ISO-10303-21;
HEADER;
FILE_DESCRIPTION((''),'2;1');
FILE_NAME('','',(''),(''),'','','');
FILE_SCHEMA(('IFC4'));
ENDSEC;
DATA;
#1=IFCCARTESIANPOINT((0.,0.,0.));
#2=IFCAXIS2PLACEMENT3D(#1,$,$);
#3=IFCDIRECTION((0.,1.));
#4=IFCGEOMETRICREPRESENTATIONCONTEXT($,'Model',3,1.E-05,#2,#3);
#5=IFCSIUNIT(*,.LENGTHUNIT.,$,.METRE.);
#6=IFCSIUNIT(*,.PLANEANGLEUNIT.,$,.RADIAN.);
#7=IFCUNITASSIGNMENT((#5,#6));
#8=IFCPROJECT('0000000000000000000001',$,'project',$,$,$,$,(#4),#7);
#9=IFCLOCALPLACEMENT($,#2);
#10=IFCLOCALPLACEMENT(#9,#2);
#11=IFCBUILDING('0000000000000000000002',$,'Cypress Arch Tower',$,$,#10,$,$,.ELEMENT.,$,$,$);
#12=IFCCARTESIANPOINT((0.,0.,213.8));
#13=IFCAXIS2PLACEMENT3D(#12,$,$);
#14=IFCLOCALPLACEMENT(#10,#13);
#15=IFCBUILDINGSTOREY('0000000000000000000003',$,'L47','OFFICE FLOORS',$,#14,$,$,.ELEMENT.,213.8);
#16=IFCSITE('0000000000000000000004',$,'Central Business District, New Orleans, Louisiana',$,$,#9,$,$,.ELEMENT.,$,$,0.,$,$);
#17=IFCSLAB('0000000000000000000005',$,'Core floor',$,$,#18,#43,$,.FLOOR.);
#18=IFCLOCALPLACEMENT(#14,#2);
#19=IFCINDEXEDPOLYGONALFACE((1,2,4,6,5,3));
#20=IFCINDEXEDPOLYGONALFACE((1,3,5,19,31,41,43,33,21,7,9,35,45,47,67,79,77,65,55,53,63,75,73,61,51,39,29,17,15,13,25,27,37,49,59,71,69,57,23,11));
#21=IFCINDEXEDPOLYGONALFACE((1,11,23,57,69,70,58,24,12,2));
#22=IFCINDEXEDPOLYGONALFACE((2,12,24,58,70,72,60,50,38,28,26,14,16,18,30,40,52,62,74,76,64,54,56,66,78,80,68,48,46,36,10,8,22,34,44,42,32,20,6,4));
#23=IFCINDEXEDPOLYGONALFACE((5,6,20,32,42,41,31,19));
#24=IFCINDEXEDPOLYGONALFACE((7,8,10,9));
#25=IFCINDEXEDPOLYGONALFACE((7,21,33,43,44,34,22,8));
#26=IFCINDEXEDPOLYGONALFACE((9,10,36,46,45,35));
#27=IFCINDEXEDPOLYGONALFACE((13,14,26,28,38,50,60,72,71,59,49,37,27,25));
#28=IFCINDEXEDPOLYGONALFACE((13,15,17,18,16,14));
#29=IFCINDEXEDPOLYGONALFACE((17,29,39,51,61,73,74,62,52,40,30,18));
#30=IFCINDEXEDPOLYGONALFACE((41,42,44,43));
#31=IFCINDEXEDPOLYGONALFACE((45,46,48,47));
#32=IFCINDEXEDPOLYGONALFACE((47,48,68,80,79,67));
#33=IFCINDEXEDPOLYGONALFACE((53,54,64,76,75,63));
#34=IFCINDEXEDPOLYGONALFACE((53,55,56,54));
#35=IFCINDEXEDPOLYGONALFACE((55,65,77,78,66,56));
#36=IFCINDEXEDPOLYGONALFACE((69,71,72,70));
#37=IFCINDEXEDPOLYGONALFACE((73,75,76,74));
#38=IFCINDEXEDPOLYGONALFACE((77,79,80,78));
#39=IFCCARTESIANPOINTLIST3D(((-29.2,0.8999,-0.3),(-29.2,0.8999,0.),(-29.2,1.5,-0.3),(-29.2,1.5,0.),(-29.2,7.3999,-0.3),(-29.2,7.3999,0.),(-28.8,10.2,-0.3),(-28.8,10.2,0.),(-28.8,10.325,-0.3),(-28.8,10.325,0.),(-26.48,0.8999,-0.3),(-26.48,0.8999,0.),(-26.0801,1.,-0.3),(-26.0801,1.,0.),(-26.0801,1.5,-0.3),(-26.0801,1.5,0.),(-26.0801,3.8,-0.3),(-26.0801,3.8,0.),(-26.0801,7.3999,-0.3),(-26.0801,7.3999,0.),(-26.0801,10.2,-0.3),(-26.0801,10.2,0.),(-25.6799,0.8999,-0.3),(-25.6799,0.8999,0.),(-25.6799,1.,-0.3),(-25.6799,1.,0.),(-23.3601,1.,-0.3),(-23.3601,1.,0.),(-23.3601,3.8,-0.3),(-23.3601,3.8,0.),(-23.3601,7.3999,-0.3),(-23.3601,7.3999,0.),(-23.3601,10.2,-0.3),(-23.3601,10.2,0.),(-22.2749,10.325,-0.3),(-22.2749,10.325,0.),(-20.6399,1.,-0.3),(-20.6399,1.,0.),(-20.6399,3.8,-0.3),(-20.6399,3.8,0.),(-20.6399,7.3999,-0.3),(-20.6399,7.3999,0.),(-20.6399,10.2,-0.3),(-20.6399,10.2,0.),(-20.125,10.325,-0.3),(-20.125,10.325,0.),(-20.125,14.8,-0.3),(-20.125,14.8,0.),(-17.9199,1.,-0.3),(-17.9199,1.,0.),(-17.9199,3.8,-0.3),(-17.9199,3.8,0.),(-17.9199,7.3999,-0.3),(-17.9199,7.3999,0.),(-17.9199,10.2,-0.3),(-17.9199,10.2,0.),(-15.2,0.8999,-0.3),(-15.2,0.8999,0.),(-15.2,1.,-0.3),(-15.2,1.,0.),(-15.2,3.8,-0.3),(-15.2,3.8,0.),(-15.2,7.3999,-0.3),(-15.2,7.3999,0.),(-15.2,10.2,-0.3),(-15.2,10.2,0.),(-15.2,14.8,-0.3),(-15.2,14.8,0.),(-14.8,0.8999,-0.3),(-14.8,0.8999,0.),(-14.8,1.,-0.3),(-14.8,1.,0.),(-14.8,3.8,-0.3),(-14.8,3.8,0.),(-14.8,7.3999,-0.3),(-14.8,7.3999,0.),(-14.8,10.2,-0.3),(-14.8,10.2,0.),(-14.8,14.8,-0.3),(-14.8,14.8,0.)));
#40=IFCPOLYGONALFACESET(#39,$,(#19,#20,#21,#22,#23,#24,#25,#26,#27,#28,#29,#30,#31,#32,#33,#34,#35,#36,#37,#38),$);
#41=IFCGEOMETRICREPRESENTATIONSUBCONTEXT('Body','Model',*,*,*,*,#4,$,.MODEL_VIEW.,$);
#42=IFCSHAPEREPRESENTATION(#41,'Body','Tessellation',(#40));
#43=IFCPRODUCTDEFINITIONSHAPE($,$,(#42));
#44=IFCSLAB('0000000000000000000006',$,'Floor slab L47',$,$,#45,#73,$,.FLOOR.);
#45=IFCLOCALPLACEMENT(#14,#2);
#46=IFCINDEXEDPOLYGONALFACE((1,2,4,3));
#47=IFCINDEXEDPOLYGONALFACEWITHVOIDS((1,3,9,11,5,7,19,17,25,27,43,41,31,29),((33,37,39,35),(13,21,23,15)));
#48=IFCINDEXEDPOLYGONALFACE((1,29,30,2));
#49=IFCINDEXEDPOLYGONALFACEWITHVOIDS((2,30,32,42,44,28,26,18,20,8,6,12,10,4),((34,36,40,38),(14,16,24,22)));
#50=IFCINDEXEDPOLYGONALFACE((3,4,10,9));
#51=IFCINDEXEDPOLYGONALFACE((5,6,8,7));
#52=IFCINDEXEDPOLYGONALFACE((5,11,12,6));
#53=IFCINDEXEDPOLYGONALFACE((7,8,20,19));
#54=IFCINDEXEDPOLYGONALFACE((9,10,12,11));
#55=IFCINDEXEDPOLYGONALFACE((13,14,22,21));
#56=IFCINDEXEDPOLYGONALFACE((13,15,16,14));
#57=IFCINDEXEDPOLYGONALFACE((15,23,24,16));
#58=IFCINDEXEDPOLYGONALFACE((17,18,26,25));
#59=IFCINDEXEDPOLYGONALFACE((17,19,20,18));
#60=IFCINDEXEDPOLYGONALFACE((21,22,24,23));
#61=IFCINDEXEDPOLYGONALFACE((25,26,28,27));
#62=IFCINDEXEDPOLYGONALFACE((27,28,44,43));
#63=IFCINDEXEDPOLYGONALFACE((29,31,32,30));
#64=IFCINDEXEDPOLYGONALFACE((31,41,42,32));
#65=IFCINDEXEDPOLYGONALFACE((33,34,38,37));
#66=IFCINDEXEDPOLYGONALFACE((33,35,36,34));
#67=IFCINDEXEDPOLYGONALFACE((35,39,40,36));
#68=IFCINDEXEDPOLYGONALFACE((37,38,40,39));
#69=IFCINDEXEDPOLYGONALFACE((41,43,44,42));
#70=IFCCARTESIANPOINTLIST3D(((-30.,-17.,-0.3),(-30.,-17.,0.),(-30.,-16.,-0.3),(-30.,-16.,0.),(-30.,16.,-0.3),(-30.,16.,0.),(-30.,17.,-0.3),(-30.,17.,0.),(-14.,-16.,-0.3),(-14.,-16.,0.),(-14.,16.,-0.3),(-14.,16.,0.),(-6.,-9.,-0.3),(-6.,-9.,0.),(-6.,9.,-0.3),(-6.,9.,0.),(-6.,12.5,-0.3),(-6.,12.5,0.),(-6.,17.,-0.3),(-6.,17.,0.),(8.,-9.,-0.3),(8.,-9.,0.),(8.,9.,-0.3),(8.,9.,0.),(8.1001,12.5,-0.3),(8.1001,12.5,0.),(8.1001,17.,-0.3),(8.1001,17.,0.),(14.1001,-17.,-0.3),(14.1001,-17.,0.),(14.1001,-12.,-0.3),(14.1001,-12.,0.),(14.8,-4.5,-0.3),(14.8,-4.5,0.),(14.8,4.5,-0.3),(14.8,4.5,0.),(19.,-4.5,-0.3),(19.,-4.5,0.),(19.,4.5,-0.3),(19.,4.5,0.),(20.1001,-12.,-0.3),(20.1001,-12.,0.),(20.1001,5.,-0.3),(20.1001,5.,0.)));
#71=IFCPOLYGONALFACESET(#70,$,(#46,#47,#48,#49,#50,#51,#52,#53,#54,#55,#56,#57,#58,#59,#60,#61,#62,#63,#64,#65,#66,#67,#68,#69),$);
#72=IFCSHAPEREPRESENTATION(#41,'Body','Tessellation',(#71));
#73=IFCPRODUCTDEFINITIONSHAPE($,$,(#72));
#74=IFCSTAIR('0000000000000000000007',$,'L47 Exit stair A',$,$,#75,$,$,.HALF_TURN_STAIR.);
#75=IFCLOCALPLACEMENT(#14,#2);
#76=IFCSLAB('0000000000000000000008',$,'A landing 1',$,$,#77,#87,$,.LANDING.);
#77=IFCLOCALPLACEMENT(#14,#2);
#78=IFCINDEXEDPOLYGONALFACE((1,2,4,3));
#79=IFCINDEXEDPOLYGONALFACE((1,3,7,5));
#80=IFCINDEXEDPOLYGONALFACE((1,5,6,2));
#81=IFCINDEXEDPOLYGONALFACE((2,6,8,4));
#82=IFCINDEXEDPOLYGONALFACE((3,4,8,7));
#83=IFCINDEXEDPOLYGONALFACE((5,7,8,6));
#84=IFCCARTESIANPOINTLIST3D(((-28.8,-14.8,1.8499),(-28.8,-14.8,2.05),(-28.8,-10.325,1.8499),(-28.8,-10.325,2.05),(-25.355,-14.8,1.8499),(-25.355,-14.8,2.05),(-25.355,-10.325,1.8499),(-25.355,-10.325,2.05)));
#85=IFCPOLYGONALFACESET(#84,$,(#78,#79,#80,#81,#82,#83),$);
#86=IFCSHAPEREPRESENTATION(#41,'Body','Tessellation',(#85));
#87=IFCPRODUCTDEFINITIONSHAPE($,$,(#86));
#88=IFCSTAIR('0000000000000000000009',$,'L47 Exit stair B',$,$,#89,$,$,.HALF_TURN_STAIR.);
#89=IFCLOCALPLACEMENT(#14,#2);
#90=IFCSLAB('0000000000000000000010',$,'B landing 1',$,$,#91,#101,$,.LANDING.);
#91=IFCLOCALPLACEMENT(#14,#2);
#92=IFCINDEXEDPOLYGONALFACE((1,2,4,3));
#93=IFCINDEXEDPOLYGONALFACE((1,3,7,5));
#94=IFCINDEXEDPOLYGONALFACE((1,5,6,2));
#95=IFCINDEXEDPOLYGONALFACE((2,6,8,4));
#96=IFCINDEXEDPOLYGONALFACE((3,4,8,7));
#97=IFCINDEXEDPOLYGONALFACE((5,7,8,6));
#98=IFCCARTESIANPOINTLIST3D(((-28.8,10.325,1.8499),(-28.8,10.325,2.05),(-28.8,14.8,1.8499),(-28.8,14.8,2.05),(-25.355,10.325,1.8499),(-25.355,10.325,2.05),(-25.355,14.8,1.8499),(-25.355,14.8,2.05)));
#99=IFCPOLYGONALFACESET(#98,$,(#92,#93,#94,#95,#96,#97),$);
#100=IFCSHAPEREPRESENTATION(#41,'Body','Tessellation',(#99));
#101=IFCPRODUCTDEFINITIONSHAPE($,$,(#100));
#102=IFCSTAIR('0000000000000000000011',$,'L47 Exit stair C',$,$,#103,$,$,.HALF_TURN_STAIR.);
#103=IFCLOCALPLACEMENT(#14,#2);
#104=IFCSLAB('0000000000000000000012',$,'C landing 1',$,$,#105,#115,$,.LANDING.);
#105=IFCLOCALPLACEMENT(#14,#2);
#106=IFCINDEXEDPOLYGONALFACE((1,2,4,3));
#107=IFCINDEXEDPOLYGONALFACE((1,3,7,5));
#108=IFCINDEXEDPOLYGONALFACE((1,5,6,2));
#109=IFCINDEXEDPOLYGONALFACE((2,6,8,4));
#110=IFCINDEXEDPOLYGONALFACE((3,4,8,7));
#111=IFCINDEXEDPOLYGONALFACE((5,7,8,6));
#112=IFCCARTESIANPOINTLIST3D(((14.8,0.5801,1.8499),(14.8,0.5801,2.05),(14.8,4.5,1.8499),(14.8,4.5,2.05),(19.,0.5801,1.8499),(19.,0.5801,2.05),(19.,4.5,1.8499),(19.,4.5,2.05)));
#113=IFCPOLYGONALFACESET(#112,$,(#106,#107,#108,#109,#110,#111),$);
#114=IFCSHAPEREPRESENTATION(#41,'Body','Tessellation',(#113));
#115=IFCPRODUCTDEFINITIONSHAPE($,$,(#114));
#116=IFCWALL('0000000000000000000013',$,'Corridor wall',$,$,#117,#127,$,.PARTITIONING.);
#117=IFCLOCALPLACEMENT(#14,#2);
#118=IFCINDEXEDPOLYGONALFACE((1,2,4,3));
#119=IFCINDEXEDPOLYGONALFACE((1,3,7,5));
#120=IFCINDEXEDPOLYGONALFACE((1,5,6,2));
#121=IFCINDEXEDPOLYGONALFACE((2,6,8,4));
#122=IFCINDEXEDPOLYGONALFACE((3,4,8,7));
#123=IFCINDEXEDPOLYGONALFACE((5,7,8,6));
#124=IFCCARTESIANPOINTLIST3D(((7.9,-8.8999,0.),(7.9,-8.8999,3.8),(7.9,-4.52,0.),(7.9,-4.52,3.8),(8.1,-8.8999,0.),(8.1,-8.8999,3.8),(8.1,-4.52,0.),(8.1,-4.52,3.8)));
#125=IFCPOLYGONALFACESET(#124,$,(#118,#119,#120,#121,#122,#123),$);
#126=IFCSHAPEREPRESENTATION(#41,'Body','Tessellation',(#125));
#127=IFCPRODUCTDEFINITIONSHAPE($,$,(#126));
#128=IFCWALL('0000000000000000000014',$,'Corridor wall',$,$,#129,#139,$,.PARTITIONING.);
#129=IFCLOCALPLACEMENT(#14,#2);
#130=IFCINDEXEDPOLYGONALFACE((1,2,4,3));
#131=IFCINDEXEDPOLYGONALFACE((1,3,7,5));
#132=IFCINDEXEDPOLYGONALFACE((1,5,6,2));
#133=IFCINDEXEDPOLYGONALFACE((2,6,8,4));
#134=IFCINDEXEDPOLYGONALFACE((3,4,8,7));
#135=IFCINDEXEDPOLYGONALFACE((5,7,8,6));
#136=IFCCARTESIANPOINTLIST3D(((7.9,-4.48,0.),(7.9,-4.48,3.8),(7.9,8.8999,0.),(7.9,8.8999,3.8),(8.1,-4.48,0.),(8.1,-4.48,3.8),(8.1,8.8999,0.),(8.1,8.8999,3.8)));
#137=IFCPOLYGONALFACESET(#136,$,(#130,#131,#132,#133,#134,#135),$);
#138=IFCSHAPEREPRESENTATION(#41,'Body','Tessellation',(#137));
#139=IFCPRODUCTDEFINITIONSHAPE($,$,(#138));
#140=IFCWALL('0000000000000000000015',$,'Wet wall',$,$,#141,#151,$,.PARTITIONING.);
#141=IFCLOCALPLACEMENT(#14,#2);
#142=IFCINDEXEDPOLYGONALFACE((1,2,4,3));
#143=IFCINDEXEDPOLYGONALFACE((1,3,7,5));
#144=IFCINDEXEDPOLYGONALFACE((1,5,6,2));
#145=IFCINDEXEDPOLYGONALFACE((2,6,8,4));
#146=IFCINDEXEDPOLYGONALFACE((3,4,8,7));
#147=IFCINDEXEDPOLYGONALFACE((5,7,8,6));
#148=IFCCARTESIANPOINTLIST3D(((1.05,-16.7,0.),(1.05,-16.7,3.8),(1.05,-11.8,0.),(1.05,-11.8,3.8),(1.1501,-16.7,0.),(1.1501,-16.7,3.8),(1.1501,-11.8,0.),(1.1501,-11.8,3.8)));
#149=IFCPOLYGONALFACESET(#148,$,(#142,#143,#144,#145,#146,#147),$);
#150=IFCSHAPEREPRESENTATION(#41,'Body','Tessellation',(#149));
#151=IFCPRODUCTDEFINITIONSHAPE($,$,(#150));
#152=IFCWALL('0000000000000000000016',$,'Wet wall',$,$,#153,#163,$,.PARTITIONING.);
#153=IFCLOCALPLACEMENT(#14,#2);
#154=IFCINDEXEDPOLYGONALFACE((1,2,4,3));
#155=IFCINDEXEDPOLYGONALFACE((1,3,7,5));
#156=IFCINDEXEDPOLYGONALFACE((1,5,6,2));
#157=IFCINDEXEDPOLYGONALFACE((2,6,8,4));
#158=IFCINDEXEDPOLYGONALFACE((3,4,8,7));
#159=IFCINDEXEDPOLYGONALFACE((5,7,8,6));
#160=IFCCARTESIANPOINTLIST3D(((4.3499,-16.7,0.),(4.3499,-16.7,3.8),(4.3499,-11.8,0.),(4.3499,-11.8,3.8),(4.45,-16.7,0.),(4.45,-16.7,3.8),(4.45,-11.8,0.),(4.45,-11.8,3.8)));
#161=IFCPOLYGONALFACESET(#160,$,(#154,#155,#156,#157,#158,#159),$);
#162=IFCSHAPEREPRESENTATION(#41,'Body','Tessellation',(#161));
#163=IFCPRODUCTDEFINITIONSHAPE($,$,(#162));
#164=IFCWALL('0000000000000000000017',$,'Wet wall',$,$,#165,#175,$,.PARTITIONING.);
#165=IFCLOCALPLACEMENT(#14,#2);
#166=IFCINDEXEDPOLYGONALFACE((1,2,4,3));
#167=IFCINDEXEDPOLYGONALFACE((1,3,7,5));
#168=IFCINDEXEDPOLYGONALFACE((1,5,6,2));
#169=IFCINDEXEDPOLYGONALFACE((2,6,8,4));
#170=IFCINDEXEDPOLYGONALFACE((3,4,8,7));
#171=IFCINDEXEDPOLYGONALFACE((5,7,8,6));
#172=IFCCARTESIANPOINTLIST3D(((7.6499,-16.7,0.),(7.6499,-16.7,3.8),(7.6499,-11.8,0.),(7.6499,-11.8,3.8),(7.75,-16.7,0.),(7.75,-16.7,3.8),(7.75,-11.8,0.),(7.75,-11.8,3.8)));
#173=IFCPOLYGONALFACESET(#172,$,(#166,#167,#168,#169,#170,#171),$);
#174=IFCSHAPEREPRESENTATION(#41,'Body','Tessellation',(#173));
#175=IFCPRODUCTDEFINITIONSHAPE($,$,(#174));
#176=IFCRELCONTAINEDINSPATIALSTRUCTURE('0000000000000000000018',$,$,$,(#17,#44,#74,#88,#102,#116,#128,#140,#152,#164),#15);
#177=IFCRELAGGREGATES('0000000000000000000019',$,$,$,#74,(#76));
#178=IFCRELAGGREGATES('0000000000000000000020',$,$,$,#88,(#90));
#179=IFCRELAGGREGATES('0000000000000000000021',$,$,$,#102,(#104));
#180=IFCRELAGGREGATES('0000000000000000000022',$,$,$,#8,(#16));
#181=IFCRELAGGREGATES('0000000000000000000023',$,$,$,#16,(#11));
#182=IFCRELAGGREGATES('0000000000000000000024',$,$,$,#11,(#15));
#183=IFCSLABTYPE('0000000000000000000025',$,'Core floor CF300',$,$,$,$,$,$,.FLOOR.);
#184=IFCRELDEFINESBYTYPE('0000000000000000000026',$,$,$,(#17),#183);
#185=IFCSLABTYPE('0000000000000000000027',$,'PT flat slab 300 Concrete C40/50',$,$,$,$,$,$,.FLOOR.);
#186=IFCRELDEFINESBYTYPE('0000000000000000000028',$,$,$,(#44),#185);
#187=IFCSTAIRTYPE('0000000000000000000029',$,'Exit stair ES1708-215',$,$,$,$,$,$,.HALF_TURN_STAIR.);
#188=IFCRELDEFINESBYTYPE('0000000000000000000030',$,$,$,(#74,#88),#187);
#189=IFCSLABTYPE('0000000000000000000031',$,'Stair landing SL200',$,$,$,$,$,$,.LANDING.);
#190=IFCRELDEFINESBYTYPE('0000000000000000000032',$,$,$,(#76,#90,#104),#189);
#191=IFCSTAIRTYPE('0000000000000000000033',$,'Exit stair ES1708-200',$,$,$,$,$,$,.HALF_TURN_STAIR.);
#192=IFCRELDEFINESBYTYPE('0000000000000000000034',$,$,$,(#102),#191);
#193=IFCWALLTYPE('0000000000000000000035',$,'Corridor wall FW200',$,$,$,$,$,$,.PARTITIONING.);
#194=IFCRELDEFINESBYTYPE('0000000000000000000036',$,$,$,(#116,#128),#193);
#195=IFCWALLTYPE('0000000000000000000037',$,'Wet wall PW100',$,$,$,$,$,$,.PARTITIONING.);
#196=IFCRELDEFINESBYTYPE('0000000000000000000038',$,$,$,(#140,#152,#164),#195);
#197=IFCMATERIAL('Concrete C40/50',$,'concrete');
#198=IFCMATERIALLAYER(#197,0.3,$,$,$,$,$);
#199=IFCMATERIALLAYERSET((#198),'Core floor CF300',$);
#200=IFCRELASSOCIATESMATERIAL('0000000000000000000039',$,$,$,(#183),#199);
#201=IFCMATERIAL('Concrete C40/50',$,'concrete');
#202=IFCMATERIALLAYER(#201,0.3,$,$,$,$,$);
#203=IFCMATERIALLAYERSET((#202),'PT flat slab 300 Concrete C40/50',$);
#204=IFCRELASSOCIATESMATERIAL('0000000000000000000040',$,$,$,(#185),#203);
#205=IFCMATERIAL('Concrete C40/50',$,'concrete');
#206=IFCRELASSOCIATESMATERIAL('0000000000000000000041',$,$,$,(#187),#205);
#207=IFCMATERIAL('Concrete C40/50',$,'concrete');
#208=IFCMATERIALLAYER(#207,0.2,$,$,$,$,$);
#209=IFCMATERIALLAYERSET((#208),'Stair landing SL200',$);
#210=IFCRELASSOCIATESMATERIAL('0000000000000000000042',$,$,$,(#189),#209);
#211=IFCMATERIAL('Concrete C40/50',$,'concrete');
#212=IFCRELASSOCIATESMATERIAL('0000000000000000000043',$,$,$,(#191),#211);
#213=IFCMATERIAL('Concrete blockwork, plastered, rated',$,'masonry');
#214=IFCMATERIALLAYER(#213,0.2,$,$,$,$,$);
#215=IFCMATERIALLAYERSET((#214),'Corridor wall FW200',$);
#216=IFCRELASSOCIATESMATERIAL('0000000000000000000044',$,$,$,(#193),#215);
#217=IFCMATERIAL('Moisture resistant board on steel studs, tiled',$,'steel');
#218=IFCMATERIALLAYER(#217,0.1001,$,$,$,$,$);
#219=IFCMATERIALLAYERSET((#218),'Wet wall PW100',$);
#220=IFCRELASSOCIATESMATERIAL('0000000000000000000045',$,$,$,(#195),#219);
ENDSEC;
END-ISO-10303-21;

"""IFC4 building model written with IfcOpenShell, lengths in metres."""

from ifc_helpers import new_model, si_unit, direction, frame, frame_2d, origin, place, context, subcontext, project, spatial, polyline, rectangle, outline, extrude, material, layer, layer_set, type_object, element, aggregate, save


model = new_model("IFC4")

# Units and contexts
model_context = context("Model", 3, precision=1e-05, world=origin(), true_north=direction((0.0, 1.0)))
body_context = subcontext(model_context, "Body", "Model", "MODEL_VIEW")
ifc_project = project(units=[si_unit("LENGTHUNIT", "METRE"), si_unit("PLANEANGLEUNIT", "RADIAN")], contexts=[model_context])

# Site, building, storey
site_placement = place(None, origin())
site = spatial("IfcSite", under=ifc_project, at=site_placement, Name="Central Business District, New Orleans, Louisiana", CompositionType="ELEMENT", RefElevation=0.0)
building_placement = place(site_placement, origin())
building = spatial("IfcBuilding", under=site, at=building_placement, Name="Cypress Arch Tower", CompositionType="ELEMENT")
storey_placement = place(building_placement, frame((0.0, 0.0, 213.8)))
storey = spatial("IfcBuildingStorey", under=building, at=storey_placement, Name="L47", Description="OFFICE FLOORS", CompositionType="ELEMENT", Elevation=213.8)

# Slabs
ifc_material_1 = material(Name="Concrete C40/50", Category="concrete")
ifc_layer_1 = layer(ifc_material_1, 0.3)
ifc_layer_set_1 = layer_set([ifc_layer_1], Name="Core floor CF300")
slab_type_1 = type_object("IfcSlabType", Name="Core floor CF300", PredefinedType="FLOOR", material=ifc_layer_set_1)
slab_1_placement = place(storey_placement, frame((0.0, 0.0, -0.3)))
element("IfcSlab", 1, at=slab_1_placement, inside=storey, type_object=slab_type_1, Name="Core floor", PredefinedType="FLOOR", context=body_context, shape_type="SweptSolid", body=[
    extrude(outline(polyline([(-20.6399, 7.3999), (-20.6399, 10.2), (-23.3601, 10.2), (-26.0801, 10.2), (-28.8, 10.2), (-28.8, 10.325), (-22.2749, 10.325), (-20.125, 10.325), (-20.125, 14.8), (-15.2, 14.8), (-14.8, 14.8), (-14.8, 10.2), (-15.2, 10.2), (-17.9199, 10.2), (-17.9199, 7.3999), (-15.2, 7.3999), (-14.8, 7.3999), (-14.8, 3.8), (-15.2, 3.8), (-17.9199, 3.8), (-20.6399, 3.8), (-23.3601, 3.8), (-26.0801, 3.8), (-26.0801, 1.5), (-26.0801, 1.5), (-26.0801, 1.0), (-25.6799, 1.0), (-23.3601, 1.0), (-20.6399, 1.0), (-17.9199, 1.0), (-15.2, 1.0), (-14.8, 1.0), (-14.8, 0.8999), (-15.2, 0.8999), (-25.6799, 0.8999), (-26.48, 0.8999), (-29.2, 0.8999), (-29.2, 1.5), (-29.2, 7.3999), (-26.0801, 7.3999), (-23.3601, 7.3999), (-20.6399, 7.3999)])), origin(), (0.0, 0.0, 1.0), 0.3),
])
ifc_material_2 = material(Name="Concrete C40/50", Category="concrete")
ifc_layer_2 = layer(ifc_material_2, 0.3)
ifc_layer_set_2 = layer_set([ifc_layer_2], Name="PT flat slab 300 Concrete C40/50")
slab_type_2 = type_object("IfcSlabType", Name="PT flat slab 300 Concrete C40/50", PredefinedType="FLOOR", material=ifc_layer_set_2)
slab_2_placement = place(storey_placement, frame((0.0, 0.0, -0.3)))
element("IfcSlab", 2, at=slab_2_placement, inside=storey, type_object=slab_type_2, Name="Floor slab L47", PredefinedType="FLOOR", context=body_context, shape_type="SweptSolid", body=[
    extrude(outline(polyline([(-30.0, 17.0), (-6.0, 17.0), (-6.0, 12.5), (8.1001, 12.5), (8.1001, 17.0), (20.1001, 5.0), (20.1001, -12.0), (14.1001, -12.0), (14.1001, -17.0), (-30.0, -17.0), (-30.0, -16.0), (-14.0, -16.0), (-14.0, 16.0), (-30.0, 16.0), (-30.0, 17.0)]), holes=[polyline([(-6.0, -9.0), (8.0, -9.0), (8.0, 9.0), (-6.0, 9.0), (-6.0, -9.0)]), polyline([(14.8, -4.5), (19.0, -4.5), (19.0, 4.5), (14.8, 4.5), (14.8, -4.5)])]), origin(), (0.0, 0.0, 1.0), 0.3),
])

# Stairs, slabs
ifc_material_3 = material(Name="Concrete C40/50", Category="concrete")
stair_type_1 = type_object("IfcStairType", Name="Exit stair ES1708-215", PredefinedType="HALF_TURN_STAIR", material=ifc_material_3)
stair_1_placement = place(storey_placement, origin())
stair_1 = element("IfcStair", 3, at=stair_1_placement, inside=storey, type_object=stair_type_1, Name="L47 Exit stair A", PredefinedType="HALF_TURN_STAIR")
ifc_material_4 = material(Name="Concrete C40/50", Category="concrete")
ifc_layer_3 = layer(ifc_material_4, 0.2)
ifc_layer_set_3 = layer_set([ifc_layer_3], Name="Stair landing SL200")
slab_type_3 = type_object("IfcSlabType", Name="Stair landing SL200", PredefinedType="LANDING", material=ifc_layer_set_3)
slab_3_placement = place(storey_placement, frame((0.0, 0.0, 1.8499)))
slab_3 = element("IfcSlab", 4, at=slab_3_placement, type_object=slab_type_3, Name="A landing 1", PredefinedType="LANDING", context=body_context, shape_type="SweptSolid", body=[
    extrude(outline(polyline([(-25.355, -10.325), (-28.8, -10.325), (-28.8, -14.8), (-25.355, -14.8), (-25.355, -10.325)])), origin(), (0.0, 0.0, 1.0), 0.2002),
])
aggregate(stair_1, [slab_3])
stair_2_placement = place(storey_placement, origin())
stair_2 = element("IfcStair", 5, at=stair_2_placement, inside=storey, type_object=stair_type_1, Name="L47 Exit stair B", PredefinedType="HALF_TURN_STAIR")
slab_4_placement = place(storey_placement, frame((0.0, 0.0, 1.8499)))
slab_4 = element("IfcSlab", 6, at=slab_4_placement, type_object=slab_type_3, Name="B landing 1", PredefinedType="LANDING", context=body_context, shape_type="SweptSolid", body=[
    extrude(outline(polyline([(-25.355, 14.8), (-28.8, 14.8), (-28.8, 10.325), (-25.355, 10.325), (-25.355, 14.8)])), origin(), (0.0, 0.0, 1.0), 0.2002),
])
aggregate(stair_2, [slab_4])
ifc_material_5 = material(Name="Concrete C40/50", Category="concrete")
stair_type_2 = type_object("IfcStairType", Name="Exit stair ES1708-200", PredefinedType="HALF_TURN_STAIR", material=ifc_material_5)
stair_3_placement = place(storey_placement, origin())
stair_3 = element("IfcStair", 7, at=stair_3_placement, inside=storey, type_object=stair_type_2, Name="L47 Exit stair C", PredefinedType="HALF_TURN_STAIR")
slab_5_placement = place(storey_placement, frame((0.0, 0.0, 1.8499)))
slab_5 = element("IfcSlab", 8, at=slab_5_placement, type_object=slab_type_3, Name="C landing 1", PredefinedType="LANDING", context=body_context, shape_type="SweptSolid", body=[
    extrude(outline(polyline([(19.0, 0.5801), (19.0, 4.5), (14.8, 4.5), (14.8, 0.5801), (19.0, 0.5801)])), origin(), (0.0, 0.0, 1.0), 0.2002),
])
aggregate(stair_3, [slab_5])

# Walls
ifc_material_6 = material(Name="Concrete blockwork, plastered, rated", Category="masonry")
ifc_layer_4 = layer(ifc_material_6, 0.2)
ifc_layer_set_4 = layer_set([ifc_layer_4], Name="Corridor wall FW200")
wall_type_1 = type_object("IfcWallType", Name="Corridor wall FW200", PredefinedType="PARTITIONING", material=ifc_layer_set_4)
wall_1_placement = place(storey_placement, frame((8.0, -8.8999, 0.0), z_axis=(0.0, 0.0, 1.0), x_axis=(0.0, 1.0, 0.0)))
element("IfcWall", 9, at=wall_1_placement, inside=storey, type_object=wall_type_1, Name="Corridor wall", PredefinedType="PARTITIONING", context=body_context, shape_type="SweptSolid", body=[
    extrude(rectangle(XDim=4.3799, YDim=0.2, at=frame_2d((2.1899, 0.0))), origin(), (0.0, 0.0, 1.0), 3.8),
])
wall_2_placement = place(storey_placement, frame((8.0, -4.48, 0.0), z_axis=(0.0, 0.0, 1.0), x_axis=(0.0, 1.0, 0.0)))
element("IfcWall", 10, at=wall_2_placement, inside=storey, type_object=wall_type_1, Name="Corridor wall", PredefinedType="PARTITIONING", context=body_context, shape_type="SweptSolid", body=[
    extrude(rectangle(XDim=13.3799, YDim=0.2, at=frame_2d((6.6899, 0.0))), origin(), (0.0, 0.0, 1.0), 3.8),
])
ifc_material_7 = material(Name="Moisture resistant board on steel studs, tiled", Category="steel")
ifc_layer_5 = layer(ifc_material_7, 0.1001)
ifc_layer_set_5 = layer_set([ifc_layer_5], Name="Wet wall PW100")
wall_type_2 = type_object("IfcWallType", Name="Wet wall PW100", PredefinedType="PARTITIONING", material=ifc_layer_set_5)
for number, where, z_axis, x_axis, name in (
    (11, (1.1001, -16.7, 0.0), (0.0, 0.0, 1.0), (0.0, 1.0, 0.0), "Wet wall"),
    (12, (4.3999, -16.7, 0.0), (0.0, 0.0, 1.0), (0.0, 1.0, 0.0), "Wet wall"),
    (13, (7.7, -16.7, 0.0), (0.0, 0.0, 1.0), (0.0, 1.0, 0.0), "Wet wall"),
):
    element("IfcWall", number, at=place(storey_placement, frame(where, z_axis=z_axis, x_axis=x_axis)), inside=storey, type_object=wall_type_2, Name=name, PredefinedType="PARTITIONING", context=body_context, shape_type="SweptSolid", body=[
        extrude(rectangle(XDim=4.8999, YDim=0.1001, at=frame_2d((2.45, 0.0))), origin(), (0.0, 0.0, 1.0), 3.8),
    ])

save(model, "model.ifc")
